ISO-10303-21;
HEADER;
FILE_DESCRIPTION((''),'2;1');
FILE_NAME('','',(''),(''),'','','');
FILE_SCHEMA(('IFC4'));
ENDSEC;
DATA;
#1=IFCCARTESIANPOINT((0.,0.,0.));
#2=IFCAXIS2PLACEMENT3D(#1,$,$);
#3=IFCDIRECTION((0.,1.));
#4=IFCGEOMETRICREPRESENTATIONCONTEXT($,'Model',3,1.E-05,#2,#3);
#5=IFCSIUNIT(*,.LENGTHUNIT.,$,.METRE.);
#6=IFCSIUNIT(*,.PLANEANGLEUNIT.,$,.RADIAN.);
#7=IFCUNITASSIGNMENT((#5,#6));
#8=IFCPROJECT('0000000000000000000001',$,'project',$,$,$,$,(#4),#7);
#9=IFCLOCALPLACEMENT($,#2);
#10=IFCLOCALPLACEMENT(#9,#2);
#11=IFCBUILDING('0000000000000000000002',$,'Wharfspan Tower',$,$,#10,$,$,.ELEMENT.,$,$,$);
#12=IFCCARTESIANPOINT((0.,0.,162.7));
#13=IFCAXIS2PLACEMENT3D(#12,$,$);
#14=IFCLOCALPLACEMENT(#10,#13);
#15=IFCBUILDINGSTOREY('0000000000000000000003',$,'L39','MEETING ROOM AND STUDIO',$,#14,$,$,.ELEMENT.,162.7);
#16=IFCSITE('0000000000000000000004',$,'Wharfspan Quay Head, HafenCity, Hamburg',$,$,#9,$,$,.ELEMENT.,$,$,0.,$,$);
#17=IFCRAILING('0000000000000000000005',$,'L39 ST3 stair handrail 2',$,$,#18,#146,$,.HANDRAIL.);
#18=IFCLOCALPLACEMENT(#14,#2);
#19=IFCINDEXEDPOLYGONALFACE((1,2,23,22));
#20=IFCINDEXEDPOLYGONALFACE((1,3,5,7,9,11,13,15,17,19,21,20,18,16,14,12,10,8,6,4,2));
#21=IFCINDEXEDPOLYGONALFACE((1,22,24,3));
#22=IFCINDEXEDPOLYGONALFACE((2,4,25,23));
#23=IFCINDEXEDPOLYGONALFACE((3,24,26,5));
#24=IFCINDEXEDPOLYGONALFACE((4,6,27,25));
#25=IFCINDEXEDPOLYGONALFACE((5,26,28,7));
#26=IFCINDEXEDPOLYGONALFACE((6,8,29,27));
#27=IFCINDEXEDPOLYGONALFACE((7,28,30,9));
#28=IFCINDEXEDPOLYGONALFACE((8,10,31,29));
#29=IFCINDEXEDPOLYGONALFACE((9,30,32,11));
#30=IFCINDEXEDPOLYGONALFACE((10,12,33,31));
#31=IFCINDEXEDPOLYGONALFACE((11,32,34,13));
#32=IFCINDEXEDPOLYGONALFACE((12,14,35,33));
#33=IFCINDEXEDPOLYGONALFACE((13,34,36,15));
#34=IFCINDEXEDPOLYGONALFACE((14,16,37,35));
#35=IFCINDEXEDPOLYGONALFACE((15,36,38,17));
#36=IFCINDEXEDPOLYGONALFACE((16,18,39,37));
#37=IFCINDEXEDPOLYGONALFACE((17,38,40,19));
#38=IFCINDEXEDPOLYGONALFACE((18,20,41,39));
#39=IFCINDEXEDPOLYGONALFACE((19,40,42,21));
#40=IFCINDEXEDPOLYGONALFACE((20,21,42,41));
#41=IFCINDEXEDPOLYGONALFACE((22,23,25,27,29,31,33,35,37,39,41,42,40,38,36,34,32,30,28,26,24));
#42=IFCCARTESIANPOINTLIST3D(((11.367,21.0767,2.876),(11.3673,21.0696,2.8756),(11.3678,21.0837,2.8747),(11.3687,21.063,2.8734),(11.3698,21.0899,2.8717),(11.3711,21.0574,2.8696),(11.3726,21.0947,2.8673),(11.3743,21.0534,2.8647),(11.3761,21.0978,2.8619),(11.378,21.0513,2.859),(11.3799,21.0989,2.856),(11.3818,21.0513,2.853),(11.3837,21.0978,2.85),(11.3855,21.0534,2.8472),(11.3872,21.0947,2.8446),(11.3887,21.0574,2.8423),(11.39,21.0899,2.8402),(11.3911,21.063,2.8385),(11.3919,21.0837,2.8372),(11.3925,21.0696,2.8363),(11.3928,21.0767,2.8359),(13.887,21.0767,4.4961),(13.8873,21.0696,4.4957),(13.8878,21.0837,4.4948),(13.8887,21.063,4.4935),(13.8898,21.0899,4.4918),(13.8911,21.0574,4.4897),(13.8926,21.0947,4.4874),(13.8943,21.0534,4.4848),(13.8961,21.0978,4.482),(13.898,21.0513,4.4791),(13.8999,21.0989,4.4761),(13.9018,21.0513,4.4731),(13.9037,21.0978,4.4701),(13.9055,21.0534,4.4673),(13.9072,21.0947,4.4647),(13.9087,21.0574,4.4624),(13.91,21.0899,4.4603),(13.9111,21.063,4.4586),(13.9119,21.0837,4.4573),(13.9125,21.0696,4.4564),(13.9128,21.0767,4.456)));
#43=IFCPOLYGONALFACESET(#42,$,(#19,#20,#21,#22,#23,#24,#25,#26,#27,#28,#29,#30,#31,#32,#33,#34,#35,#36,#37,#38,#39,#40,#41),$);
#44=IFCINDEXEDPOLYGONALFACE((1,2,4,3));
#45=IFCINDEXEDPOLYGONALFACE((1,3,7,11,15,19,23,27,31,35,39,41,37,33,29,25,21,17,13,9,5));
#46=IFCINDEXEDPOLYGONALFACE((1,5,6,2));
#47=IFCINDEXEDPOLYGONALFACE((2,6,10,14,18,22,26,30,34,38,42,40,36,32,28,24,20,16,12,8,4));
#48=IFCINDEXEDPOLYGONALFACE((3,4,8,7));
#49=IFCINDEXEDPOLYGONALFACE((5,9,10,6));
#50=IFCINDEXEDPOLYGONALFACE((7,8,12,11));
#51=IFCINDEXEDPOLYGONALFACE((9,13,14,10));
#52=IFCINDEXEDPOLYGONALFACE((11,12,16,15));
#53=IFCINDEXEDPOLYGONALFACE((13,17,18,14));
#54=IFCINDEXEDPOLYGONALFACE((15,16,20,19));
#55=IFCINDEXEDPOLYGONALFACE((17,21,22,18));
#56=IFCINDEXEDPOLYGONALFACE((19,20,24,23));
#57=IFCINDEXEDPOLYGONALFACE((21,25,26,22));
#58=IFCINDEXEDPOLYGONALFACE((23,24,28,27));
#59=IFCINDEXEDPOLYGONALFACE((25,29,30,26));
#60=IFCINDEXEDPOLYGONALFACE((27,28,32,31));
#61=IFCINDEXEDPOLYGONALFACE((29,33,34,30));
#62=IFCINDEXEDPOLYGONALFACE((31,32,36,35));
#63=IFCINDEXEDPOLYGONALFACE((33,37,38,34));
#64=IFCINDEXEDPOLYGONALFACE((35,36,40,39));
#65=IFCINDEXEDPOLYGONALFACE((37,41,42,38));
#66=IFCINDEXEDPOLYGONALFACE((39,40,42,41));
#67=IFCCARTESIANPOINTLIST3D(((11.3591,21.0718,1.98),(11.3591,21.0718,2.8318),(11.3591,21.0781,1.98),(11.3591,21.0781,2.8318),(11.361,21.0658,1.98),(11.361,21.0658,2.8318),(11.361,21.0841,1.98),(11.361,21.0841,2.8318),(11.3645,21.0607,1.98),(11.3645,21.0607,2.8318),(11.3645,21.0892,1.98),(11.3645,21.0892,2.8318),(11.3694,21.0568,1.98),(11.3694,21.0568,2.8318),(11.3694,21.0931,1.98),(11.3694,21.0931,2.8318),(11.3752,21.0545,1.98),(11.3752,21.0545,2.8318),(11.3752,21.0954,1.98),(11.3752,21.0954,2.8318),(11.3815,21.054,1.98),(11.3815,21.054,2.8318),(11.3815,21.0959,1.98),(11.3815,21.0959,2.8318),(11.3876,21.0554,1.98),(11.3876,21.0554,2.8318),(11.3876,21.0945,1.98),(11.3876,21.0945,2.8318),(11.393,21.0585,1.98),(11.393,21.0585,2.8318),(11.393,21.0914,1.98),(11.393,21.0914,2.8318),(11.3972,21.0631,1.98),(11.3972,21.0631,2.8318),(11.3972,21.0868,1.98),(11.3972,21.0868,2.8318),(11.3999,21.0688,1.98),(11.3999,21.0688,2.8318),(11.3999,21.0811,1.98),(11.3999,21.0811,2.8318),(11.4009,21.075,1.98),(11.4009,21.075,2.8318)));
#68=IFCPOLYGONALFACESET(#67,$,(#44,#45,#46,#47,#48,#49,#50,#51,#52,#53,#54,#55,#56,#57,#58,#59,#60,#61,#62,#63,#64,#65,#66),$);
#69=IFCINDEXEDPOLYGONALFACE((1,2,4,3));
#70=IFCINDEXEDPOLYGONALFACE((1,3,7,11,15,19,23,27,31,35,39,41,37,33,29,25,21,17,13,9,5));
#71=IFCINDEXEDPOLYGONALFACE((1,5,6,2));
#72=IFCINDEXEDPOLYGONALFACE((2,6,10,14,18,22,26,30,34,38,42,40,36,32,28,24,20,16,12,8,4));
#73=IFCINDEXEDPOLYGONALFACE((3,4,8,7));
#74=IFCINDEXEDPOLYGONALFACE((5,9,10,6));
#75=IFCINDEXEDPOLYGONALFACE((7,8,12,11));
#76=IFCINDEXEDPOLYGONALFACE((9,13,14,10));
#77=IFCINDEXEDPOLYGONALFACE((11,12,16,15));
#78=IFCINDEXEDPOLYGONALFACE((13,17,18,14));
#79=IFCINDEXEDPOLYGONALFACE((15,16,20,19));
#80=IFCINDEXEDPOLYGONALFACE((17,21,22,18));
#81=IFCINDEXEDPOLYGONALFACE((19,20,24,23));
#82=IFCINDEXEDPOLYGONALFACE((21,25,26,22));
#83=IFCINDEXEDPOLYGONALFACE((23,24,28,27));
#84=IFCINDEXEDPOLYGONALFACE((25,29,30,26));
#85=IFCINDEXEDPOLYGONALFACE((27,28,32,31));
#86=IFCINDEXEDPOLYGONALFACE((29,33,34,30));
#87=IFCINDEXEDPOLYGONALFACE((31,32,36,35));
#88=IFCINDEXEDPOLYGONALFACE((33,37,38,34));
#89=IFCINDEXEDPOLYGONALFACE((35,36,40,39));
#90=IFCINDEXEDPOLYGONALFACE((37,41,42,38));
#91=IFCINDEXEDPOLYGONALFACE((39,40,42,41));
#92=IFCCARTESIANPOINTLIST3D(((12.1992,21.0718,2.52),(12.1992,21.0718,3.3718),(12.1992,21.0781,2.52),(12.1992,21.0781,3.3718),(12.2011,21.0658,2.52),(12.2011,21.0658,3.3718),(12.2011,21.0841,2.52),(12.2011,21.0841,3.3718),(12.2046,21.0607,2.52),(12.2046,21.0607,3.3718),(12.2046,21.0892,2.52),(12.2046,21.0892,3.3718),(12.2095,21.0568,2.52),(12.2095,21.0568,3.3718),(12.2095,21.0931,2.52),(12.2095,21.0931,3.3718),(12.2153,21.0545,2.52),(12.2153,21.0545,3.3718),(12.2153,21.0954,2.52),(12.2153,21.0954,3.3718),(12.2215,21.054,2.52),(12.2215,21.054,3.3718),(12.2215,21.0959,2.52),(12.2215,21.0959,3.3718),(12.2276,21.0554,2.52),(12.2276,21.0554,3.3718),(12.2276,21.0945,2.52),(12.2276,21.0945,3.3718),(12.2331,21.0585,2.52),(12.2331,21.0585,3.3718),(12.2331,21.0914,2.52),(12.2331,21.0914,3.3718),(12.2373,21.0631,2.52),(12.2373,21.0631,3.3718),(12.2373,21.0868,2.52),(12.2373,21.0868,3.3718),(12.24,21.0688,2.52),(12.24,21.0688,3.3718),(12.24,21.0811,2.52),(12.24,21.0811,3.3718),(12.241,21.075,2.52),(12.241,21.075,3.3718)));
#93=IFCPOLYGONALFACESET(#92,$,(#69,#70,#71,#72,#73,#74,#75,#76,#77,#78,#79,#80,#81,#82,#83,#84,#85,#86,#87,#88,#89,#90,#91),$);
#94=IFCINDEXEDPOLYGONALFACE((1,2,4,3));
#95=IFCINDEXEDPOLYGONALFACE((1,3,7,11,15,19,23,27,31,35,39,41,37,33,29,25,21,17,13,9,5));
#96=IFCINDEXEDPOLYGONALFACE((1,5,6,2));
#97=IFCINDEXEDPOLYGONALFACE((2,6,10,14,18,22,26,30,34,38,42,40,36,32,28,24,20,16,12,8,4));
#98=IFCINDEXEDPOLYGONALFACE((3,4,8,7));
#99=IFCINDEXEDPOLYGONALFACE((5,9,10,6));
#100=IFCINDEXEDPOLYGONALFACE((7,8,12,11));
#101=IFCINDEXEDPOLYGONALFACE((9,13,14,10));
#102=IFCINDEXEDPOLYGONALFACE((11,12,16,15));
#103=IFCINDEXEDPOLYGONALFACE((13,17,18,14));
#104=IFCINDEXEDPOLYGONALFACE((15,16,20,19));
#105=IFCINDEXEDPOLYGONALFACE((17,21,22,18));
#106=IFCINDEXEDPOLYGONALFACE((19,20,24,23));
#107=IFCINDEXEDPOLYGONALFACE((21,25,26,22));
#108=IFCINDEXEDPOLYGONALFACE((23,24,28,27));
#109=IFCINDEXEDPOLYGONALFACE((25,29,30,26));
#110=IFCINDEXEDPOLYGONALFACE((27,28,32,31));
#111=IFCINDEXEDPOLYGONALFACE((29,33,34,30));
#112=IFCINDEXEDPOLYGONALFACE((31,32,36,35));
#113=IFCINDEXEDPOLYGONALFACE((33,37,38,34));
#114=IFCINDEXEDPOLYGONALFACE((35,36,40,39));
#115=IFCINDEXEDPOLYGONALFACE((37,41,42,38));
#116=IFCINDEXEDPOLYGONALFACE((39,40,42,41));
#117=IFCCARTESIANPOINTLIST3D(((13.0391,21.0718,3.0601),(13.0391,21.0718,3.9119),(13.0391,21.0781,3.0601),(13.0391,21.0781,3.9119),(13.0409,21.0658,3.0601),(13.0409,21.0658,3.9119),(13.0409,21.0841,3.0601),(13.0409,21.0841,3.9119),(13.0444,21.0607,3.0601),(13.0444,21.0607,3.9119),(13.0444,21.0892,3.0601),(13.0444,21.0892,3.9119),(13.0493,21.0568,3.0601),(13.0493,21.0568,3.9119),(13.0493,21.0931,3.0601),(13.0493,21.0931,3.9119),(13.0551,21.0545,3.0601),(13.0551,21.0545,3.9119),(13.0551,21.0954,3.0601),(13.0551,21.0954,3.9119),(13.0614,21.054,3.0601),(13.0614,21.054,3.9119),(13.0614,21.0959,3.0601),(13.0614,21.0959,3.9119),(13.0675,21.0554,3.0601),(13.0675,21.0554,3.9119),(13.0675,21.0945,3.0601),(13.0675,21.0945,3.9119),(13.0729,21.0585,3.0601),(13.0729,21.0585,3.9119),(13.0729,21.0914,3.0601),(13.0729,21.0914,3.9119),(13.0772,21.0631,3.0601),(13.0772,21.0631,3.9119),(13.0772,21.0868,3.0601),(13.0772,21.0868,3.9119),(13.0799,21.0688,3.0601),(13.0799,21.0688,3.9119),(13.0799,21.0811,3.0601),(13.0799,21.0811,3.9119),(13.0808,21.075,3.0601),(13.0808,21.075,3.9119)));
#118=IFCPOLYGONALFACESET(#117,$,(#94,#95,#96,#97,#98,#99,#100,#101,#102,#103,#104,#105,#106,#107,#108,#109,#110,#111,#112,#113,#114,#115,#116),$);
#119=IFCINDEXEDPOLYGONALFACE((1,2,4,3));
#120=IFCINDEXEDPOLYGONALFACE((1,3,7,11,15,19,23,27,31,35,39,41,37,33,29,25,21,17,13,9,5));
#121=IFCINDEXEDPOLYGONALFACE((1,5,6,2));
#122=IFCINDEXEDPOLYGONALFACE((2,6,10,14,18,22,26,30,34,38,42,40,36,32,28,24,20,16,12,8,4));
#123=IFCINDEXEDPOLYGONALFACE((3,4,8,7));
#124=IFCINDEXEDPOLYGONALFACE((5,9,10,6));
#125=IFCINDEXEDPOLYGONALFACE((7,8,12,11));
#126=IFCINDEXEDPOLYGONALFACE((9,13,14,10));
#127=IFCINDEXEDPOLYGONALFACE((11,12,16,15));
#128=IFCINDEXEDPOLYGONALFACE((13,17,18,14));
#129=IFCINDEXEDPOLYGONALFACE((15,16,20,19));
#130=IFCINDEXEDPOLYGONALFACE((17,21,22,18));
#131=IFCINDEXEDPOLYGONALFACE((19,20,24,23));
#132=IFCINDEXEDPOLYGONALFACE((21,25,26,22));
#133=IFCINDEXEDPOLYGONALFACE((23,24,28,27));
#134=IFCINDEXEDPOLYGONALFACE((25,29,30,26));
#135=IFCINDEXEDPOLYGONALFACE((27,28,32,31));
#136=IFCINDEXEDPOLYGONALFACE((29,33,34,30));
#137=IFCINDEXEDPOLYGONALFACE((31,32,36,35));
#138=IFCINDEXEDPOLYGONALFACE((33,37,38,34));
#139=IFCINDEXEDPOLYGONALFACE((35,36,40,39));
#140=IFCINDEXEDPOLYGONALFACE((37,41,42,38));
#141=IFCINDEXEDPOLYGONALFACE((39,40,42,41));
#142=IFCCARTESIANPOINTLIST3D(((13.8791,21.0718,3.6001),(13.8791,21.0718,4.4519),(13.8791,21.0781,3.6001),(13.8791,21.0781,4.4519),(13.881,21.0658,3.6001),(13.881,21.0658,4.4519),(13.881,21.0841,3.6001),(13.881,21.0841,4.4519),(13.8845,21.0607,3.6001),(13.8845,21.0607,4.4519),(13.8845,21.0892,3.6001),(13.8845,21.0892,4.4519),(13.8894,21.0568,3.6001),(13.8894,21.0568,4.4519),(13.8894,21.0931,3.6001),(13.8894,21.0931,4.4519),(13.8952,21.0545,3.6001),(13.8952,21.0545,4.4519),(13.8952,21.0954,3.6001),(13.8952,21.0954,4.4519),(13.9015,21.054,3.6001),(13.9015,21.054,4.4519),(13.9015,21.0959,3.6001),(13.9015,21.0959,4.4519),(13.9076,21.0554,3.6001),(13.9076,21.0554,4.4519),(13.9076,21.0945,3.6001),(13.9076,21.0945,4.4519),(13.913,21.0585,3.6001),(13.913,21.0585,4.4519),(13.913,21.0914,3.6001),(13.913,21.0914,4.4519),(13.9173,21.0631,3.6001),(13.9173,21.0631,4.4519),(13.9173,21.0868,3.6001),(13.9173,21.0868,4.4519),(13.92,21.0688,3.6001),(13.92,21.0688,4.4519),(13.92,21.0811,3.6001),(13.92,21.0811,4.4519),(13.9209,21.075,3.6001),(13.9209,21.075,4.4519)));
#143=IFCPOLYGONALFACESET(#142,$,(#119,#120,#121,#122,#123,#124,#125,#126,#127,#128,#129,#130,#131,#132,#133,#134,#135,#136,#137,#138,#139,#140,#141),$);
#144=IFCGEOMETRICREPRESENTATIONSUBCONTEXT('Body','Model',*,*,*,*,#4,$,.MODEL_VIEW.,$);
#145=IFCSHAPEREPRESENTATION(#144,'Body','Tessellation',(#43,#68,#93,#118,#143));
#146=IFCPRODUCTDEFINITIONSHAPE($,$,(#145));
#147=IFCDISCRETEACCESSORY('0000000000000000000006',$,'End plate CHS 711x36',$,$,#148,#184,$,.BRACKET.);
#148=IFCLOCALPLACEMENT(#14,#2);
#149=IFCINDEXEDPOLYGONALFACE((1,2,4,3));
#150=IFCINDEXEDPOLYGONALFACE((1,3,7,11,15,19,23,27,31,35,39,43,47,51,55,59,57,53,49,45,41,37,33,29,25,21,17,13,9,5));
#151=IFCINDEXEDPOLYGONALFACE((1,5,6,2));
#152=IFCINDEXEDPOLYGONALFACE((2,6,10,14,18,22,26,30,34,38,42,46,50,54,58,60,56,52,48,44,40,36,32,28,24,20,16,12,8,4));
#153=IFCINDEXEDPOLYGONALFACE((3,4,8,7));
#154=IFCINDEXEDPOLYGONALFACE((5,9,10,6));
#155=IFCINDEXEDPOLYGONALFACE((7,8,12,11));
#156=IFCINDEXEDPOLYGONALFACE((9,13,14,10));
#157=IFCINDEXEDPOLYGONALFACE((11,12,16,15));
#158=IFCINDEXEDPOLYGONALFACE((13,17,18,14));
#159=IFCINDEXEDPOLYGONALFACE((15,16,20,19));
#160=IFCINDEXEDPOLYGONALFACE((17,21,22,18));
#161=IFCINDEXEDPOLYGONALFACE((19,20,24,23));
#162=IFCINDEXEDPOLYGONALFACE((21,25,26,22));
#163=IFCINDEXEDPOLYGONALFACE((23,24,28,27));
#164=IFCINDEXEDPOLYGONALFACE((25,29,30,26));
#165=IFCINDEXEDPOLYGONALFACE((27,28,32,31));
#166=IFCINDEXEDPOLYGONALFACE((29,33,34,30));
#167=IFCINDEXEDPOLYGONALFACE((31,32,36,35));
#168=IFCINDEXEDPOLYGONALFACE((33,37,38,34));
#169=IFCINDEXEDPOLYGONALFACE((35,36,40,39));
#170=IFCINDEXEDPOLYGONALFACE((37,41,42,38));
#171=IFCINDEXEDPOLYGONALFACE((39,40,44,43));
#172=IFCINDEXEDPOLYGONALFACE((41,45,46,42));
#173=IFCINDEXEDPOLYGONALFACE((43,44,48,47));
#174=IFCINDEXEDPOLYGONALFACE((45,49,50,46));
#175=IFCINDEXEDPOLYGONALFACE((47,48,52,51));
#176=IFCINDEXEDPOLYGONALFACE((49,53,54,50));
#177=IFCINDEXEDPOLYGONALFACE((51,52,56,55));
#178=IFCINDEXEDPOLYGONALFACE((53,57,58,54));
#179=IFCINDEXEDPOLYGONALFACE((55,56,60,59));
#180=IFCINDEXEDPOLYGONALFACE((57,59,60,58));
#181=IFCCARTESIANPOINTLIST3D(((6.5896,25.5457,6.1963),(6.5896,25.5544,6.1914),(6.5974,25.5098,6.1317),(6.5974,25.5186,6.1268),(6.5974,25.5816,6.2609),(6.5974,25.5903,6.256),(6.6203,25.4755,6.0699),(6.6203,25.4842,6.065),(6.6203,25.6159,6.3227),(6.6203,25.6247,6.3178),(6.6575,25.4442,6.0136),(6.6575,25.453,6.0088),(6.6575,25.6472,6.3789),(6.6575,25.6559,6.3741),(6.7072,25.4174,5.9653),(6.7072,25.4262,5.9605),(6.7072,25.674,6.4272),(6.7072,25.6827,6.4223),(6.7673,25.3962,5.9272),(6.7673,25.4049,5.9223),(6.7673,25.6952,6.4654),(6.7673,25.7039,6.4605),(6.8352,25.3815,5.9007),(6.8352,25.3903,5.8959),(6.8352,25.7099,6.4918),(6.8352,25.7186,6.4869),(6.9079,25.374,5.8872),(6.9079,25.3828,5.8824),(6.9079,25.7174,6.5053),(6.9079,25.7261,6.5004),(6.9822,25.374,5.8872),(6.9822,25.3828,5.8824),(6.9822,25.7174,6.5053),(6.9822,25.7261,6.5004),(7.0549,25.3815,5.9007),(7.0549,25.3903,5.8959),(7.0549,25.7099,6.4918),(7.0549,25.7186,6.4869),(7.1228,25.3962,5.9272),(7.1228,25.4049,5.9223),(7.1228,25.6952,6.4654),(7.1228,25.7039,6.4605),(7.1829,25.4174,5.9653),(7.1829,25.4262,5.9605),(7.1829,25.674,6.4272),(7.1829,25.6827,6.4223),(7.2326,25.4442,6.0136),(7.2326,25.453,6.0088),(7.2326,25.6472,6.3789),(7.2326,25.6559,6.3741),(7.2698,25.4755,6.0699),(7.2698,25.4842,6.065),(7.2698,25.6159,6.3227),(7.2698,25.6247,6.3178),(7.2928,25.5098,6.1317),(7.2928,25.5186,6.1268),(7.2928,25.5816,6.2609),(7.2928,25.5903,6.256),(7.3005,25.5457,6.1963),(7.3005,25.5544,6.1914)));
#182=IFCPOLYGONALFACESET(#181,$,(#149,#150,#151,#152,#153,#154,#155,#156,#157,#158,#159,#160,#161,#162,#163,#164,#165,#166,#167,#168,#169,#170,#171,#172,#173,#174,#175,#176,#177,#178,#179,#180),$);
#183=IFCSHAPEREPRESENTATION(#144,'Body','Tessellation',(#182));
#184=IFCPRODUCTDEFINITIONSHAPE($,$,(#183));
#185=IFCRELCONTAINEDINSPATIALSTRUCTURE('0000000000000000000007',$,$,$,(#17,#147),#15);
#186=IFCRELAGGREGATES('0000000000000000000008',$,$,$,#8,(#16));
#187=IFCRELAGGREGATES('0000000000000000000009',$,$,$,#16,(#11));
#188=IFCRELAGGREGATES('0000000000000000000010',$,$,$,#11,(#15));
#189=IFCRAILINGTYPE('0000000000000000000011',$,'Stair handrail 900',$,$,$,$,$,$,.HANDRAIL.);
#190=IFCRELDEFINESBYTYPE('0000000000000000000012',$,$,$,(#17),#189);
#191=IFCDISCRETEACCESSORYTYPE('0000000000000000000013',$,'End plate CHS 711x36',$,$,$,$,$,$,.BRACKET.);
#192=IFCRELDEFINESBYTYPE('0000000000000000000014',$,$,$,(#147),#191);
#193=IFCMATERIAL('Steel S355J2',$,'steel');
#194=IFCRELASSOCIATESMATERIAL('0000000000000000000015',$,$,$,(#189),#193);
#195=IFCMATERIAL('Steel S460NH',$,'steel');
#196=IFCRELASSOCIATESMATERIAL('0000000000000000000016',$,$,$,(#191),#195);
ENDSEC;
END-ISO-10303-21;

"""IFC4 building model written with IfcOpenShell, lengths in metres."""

from ifc_helpers import new_model, si_unit, direction, frame, origin, origin_2d, place, context, subcontext, project, spatial, circle, extrude, material, material_profile, profile_set, type_object, element, save


model = new_model("IFC4")

# Units and contexts
model_context = context("Model", 3, precision=1e-05, world=origin(), true_north=direction((0.0, 1.0)))
body_context = subcontext(model_context, "Body", "Model", "MODEL_VIEW")
ifc_project = project(units=[si_unit("LENGTHUNIT", "METRE"), si_unit("PLANEANGLEUNIT", "RADIAN")], contexts=[model_context])

# Site, building, storey
site_placement = place(None, origin())
site = spatial("IfcSite", under=ifc_project, at=site_placement, Name="Wharfspan Quay Head, HafenCity, Hamburg", CompositionType="ELEMENT", RefElevation=0.0)
building_placement = place(site_placement, origin())
building = spatial("IfcBuilding", under=site, at=building_placement, Name="Wharfspan Tower", CompositionType="ELEMENT")
storey_placement = place(building_placement, frame((0.0, 0.0, 162.7)))
storey = spatial("IfcBuildingStorey", under=building, at=storey_placement, Name="L39", Description="MEETING ROOM AND STUDIO", CompositionType="ELEMENT", Elevation=162.7)

# Shared definitions
ifc_material_1 = material(Name="Steel S355J2", Category="steel")

# Shared definitions
ifc_material_2 = material(Name="Steel S460NH", Category="steel")

# Railing
railing_type_1 = type_object("IfcRailingType", Name="Stair handrail 900", PredefinedType="HANDRAIL", material=ifc_material_1)
railing_1_placement = place(storey_placement, frame((11.3799, 21.075, 1.98)))
element("IfcRailing", 1, at=railing_1_placement, inside=storey, type_object=railing_type_1, Name="L39 ST3 stair handrail 2", PredefinedType="HANDRAIL", context=body_context, shape_type="SweptSolid", body=[
    extrude(circle(Radius=0.0239, at=origin_2d()), frame((0.0, 0.0, 0.876), z_axis=(0.841163, 0.0, 0.540782), x_axis=(0.0, 1.0, 0.0)), (0.0, 0.0, 1.0), 2.9958),
    extrude(circle(Radius=0.021, at=origin_2d()), origin(), (0.0, 0.0, 1.0), 0.8518),
    extrude(circle(Radius=0.021, at=origin_2d()), frame((0.8401, 0.0, 0.54)), (0.0, 0.0, 1.0), 0.8518),
    extrude(circle(Radius=0.021, at=origin_2d()), frame((1.6799, 0.0, 1.0801)), (0.0, 0.0, 1.0), 0.8518),
    extrude(circle(Radius=0.021, at=origin_2d()), frame((2.52, 0.0, 1.6201)), (0.0, 0.0, 1.0), 0.8518),
])

# Discrete accessory
ifc_material_profile_1 = material_profile(ifc_material_2, circle(Radius=0.3555, at=origin_2d()))
ifc_profile_set_1 = profile_set([ifc_material_profile_1], Name="Steel S460NH")
discrete_accessory_type = type_object("IfcDiscreteAccessoryType", Name="End plate CHS 711x36", PredefinedType="BRACKET", material=ifc_profile_set_1)
for number, where, z_axis, x_axis, name in (
    (2, (6.9451, 25.5544, 6.1914), (0.0, -0.874157, 0.485643), (1.0, 0.0, 0.0), "End plate CHS 711x36"),
):
    element("IfcDiscreteAccessory", number, at=place(storey_placement, frame(where, z_axis=z_axis, x_axis=x_axis)), inside=storey, type_object=discrete_accessory_type, Name=name, PredefinedType="BRACKET", context=body_context, shape_type="SweptSolid", body=[
        extrude(circle(Radius=0.3555, at=origin_2d()), origin(), (0.0, 0.0, 1.0), 0.01),
    ])

save(model, "model.ifc")
